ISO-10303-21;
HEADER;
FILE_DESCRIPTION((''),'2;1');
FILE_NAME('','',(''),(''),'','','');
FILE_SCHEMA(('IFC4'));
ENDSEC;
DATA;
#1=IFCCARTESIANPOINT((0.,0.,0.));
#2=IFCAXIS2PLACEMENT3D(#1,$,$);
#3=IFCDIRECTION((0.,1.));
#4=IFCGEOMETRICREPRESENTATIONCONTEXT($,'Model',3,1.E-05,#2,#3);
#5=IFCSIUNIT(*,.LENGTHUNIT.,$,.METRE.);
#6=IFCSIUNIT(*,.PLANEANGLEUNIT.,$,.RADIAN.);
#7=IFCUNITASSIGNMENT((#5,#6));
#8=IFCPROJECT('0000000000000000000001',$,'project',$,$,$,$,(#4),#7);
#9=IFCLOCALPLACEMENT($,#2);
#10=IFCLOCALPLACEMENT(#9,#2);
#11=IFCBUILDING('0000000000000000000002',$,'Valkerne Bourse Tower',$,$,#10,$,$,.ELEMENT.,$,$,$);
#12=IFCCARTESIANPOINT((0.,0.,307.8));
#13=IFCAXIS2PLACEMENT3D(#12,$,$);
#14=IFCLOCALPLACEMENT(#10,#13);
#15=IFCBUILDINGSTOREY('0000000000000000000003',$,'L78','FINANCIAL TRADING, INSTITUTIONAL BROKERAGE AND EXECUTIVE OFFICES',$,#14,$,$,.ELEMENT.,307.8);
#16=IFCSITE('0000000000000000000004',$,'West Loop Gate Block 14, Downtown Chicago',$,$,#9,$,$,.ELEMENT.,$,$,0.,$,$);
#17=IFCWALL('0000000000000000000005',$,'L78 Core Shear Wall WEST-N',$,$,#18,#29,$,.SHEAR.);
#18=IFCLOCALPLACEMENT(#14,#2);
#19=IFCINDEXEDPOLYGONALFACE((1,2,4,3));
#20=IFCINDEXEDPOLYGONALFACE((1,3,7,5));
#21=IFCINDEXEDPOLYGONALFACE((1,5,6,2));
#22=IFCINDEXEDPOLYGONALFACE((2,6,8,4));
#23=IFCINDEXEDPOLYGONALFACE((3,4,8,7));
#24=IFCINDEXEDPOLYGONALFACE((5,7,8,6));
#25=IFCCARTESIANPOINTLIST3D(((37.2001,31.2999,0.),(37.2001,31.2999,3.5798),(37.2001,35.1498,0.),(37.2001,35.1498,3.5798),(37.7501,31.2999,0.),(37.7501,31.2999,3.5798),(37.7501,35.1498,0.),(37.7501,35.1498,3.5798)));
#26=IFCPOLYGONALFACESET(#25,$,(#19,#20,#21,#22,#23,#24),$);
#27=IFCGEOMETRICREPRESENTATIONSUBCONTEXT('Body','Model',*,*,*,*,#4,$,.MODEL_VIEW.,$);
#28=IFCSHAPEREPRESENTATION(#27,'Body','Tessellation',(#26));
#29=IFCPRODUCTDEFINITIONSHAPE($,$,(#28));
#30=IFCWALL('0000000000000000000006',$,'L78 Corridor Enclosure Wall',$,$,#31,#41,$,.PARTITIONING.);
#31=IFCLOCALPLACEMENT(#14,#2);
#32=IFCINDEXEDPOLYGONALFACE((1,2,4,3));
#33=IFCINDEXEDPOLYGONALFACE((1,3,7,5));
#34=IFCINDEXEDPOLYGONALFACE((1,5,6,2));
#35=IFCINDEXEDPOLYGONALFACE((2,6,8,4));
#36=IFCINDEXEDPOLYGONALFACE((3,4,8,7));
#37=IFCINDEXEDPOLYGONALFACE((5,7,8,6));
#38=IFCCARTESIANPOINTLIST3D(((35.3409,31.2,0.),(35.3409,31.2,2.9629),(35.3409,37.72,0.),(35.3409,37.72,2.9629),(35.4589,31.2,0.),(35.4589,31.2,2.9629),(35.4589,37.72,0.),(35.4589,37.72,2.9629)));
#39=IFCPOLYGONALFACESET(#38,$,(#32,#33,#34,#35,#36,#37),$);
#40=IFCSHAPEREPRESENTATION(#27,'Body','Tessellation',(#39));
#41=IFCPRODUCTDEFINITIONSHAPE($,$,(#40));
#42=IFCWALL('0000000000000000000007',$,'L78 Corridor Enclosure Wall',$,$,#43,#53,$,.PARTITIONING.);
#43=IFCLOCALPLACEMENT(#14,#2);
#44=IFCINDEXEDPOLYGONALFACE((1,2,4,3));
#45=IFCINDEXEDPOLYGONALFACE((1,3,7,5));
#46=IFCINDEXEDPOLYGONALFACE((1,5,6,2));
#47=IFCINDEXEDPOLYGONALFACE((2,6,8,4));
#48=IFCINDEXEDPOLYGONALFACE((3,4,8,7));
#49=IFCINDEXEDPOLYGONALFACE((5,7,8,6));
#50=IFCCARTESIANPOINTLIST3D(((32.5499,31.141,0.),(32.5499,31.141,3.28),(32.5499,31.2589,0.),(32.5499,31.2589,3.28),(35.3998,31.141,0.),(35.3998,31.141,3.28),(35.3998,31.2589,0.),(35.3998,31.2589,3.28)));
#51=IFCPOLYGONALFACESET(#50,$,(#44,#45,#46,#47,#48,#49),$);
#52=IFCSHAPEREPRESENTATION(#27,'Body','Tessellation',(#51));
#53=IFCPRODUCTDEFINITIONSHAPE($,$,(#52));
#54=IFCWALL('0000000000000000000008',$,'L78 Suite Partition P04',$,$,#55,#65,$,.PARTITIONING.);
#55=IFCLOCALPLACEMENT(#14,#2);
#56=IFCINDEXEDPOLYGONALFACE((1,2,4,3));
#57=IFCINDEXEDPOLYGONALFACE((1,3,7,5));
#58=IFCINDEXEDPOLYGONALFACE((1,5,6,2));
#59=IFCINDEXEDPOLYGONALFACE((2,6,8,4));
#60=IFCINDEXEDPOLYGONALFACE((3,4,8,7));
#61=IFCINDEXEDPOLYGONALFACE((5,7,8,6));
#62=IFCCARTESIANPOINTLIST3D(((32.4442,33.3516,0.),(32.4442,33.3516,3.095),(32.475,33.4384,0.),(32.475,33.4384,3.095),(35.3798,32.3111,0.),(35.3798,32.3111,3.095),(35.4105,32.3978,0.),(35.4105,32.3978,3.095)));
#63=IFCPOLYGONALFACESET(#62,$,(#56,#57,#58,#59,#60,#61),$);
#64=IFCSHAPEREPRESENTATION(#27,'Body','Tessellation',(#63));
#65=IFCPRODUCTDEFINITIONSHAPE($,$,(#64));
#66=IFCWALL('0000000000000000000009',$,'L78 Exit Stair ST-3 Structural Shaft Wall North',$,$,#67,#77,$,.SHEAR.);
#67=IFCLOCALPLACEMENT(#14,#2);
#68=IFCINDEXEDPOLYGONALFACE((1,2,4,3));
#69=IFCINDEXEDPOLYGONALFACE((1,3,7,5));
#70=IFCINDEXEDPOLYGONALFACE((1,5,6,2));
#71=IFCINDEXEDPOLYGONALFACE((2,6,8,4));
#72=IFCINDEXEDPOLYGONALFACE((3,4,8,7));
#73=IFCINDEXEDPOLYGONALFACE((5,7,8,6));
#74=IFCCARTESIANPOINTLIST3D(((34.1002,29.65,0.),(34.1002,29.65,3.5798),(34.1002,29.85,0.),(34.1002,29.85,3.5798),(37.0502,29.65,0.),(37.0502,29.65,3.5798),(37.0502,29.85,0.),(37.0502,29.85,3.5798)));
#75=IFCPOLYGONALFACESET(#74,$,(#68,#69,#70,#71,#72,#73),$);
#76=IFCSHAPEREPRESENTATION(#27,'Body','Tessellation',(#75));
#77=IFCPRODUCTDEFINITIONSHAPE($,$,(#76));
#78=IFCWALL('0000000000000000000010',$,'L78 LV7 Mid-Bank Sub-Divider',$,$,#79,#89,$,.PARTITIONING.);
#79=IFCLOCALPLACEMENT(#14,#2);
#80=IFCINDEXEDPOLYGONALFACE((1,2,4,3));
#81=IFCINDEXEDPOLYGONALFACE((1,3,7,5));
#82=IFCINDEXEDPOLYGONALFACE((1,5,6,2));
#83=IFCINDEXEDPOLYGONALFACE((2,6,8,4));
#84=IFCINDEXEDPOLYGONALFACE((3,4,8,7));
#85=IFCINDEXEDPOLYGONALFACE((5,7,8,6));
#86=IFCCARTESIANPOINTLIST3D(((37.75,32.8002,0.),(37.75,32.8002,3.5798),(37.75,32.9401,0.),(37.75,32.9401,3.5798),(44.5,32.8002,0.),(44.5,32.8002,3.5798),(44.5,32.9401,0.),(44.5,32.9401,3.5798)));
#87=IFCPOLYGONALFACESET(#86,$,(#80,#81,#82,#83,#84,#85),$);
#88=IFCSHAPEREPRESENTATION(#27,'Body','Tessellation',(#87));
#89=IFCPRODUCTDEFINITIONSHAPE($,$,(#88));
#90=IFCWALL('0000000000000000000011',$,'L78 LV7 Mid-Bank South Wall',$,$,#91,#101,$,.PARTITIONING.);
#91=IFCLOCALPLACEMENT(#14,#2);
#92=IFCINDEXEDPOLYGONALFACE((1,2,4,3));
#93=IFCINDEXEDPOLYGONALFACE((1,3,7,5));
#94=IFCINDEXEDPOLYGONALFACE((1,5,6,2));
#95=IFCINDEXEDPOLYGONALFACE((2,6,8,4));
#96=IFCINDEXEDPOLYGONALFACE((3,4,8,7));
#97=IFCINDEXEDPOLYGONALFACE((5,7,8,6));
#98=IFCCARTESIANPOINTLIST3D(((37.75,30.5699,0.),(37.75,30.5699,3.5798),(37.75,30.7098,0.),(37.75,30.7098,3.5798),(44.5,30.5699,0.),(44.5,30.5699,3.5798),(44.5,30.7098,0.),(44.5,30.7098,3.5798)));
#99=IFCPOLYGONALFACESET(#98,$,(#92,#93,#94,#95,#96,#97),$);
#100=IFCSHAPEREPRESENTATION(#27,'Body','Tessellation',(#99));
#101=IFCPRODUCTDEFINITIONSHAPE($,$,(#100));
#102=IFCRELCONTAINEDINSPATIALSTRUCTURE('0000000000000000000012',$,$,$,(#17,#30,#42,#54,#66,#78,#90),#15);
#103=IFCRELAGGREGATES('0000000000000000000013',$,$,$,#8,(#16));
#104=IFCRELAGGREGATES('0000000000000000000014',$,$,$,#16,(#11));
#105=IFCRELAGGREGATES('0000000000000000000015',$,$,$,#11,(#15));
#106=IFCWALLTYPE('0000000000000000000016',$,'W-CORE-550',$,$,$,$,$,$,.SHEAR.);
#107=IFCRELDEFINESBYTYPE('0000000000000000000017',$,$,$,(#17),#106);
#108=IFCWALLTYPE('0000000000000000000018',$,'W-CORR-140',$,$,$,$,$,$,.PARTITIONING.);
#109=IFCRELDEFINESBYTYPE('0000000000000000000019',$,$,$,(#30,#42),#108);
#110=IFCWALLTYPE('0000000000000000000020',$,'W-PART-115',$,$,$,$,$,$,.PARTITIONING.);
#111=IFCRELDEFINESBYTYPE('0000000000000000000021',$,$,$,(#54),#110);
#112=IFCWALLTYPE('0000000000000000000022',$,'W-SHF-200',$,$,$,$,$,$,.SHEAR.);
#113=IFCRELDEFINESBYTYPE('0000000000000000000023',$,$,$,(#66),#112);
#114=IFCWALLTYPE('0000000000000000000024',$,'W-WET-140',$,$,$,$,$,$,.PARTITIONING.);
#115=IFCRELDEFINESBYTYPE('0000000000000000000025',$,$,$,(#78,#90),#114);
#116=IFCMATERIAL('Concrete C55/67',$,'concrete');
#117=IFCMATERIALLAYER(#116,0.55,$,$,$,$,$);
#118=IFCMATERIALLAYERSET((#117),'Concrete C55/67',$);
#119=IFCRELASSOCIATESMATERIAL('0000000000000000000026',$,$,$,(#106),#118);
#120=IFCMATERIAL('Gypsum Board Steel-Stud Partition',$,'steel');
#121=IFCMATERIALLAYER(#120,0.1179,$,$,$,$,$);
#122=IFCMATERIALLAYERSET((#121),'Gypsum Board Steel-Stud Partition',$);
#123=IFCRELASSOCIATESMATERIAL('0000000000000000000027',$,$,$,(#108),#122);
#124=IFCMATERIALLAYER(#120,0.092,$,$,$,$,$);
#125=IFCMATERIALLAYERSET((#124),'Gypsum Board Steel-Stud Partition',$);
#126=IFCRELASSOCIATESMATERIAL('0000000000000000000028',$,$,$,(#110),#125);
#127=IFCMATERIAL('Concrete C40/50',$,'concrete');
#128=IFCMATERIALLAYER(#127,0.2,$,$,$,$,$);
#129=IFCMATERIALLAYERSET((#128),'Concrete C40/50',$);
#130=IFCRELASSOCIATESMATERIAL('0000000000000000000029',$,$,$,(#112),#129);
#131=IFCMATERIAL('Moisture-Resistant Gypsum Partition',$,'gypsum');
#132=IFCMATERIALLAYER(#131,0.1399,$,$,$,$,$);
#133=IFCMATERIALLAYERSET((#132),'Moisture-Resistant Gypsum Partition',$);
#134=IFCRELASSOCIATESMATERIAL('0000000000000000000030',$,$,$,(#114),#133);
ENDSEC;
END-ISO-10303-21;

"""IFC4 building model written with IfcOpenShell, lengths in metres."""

from ifc_helpers import new_model, si_unit, direction, frame, frame_2d, origin, place, context, subcontext, project, spatial, rectangle, extrude, material, layer, layer_set, type_object, element, save


model = new_model("IFC4")

# Units and contexts
model_context = context("Model", 3, precision=1e-05, world=origin(), true_north=direction((0.0, 1.0)))
body_context = subcontext(model_context, "Body", "Model", "MODEL_VIEW")
ifc_project = project(units=[si_unit("LENGTHUNIT", "METRE"), si_unit("PLANEANGLEUNIT", "RADIAN")], contexts=[model_context])

# Site, building, storey
site_placement = place(None, origin())
site = spatial("IfcSite", under=ifc_project, at=site_placement, Name="West Loop Gate Block 14, Downtown Chicago", CompositionType="ELEMENT", RefElevation=0.0)
building_placement = place(site_placement, origin())
building = spatial("IfcBuilding", under=site, at=building_placement, Name="Valkerne Bourse Tower", CompositionType="ELEMENT")
storey_placement = place(building_placement, frame((0.0, 0.0, 307.8)))
storey = spatial("IfcBuildingStorey", under=building, at=storey_placement, Name="L78", Description="FINANCIAL TRADING, INSTITUTIONAL BROKERAGE AND EXECUTIVE OFFICES", CompositionType="ELEMENT", Elevation=307.8)

# Shared definitions
ifc_material_1 = material(Name="Concrete C55/67", Category="concrete")
ifc_layer_1 = layer(ifc_material_1, 0.55)
ifc_layer_set_1 = layer_set([ifc_layer_1], Name="Concrete C55/67")
wall_type_1 = type_object("IfcWallType", Name="W-CORE-550", PredefinedType="SHEAR", material=ifc_layer_set_1)

# Walls
wall_1_placement = place(storey_placement, frame((37.4751, 31.3, 0.0), z_axis=(0.0, 0.0, 1.0), x_axis=(0.0, 1.0, 0.0)))
element("IfcWall", 1, at=wall_1_placement, inside=storey, type_object=wall_type_1, Name="L78 Core Shear Wall WEST-N", PredefinedType="SHEAR", context=body_context, shape_type="SweptSolid", body=[
    extrude(rectangle(XDim=3.8499, YDim=0.55, at=frame_2d((1.9248, 0.0))), origin(), (0.0, 0.0, 1.0), 3.5798),
])
ifc_material_2 = material(Name="Gypsum Board Steel-Stud Partition", Category="steel")
ifc_layer_2 = layer(ifc_material_2, 0.1179)
ifc_layer_set_2 = layer_set([ifc_layer_2], Name="Gypsum Board Steel-Stud Partition")
wall_type_2 = type_object("IfcWallType", Name="W-CORR-140", PredefinedType="PARTITIONING", material=ifc_layer_set_2)
wall_2_placement = place(storey_placement, frame((35.3999, 31.2, 0.0), z_axis=(0.0, 0.0, 1.0), x_axis=(0.0, 1.0, 0.0)))
element("IfcWall", 2, at=wall_2_placement, inside=storey, type_object=wall_type_2, Name="L78 Corridor Enclosure Wall", PredefinedType="PARTITIONING", context=body_context, shape_type="SweptSolid", body=[
    extrude(rectangle(XDim=6.52, YDim=0.1179, at=frame_2d((3.26, 0.0))), origin(), (0.0, 0.0, 1.0), 2.9629),
])
wall_3_placement = place(storey_placement, frame((32.55, 31.2, 0.0), z_axis=(0.0, 0.0, 1.0), x_axis=(1.0, 0.0, 0.0)))
element("IfcWall", 3, at=wall_3_placement, inside=storey, type_object=wall_type_2, Name="L78 Corridor Enclosure Wall", PredefinedType="PARTITIONING", context=body_context, shape_type="SweptSolid", body=[
    extrude(rectangle(XDim=2.8499, YDim=0.1179, at=frame_2d((1.4248, 0.0))), origin(), (0.0, 0.0, 1.0), 3.28),
])
ifc_layer_3 = layer(ifc_material_2, 0.092)
ifc_layer_set_3 = layer_set([ifc_layer_3], Name="Gypsum Board Steel-Stud Partition")
wall_type_3 = type_object("IfcWallType", Name="W-PART-115", PredefinedType="PARTITIONING", material=ifc_layer_set_3)
wall_4_placement = place(storey_placement, frame((35.395, 32.3545, 0.0), z_axis=(0.0, 0.0, 1.0), x_axis=(-0.942541, 0.334091, 0.0)))
element("IfcWall", 4, at=wall_4_placement, inside=storey, type_object=wall_type_3, Name="L78 Suite Partition P04", PredefinedType="PARTITIONING", context=body_context, shape_type="SweptSolid", body=[
    extrude(rectangle(XDim=3.1145, YDim=0.092, at=frame_2d((1.5571, 0.0))), origin(), (0.0, 0.0, 1.0), 3.095),
])
ifc_material_3 = material(Name="Concrete C40/50", Category="concrete")
ifc_layer_4 = layer(ifc_material_3, 0.2)
ifc_layer_set_4 = layer_set([ifc_layer_4], Name="Concrete C40/50")
wall_type_4 = type_object("IfcWallType", Name="W-SHF-200", PredefinedType="SHEAR", material=ifc_layer_set_4)
wall_5_placement = place(storey_placement, frame((34.1001, 29.75, 0.0), z_axis=(0.0, 0.0, 1.0), x_axis=(1.0, 0.0, 0.0)))
element("IfcWall", 5, at=wall_5_placement, inside=storey, type_object=wall_type_4, Name="L78 Exit Stair ST-3 Structural Shaft Wall North", PredefinedType="SHEAR", context=body_context, shape_type="SweptSolid", body=[
    extrude(rectangle(XDim=2.95, YDim=0.2, at=frame_2d((1.4751, 0.0))), origin(), (0.0, 0.0, 1.0), 3.5798),
])
ifc_material_4 = material(Name="Moisture-Resistant Gypsum Partition", Category="gypsum")
ifc_layer_5 = layer(ifc_material_4, 0.1399)
ifc_layer_set_5 = layer_set([ifc_layer_5], Name="Moisture-Resistant Gypsum Partition")
wall_type_5 = type_object("IfcWallType", Name="W-WET-140", PredefinedType="PARTITIONING", material=ifc_layer_set_5)
for number, where, z_axis, x_axis, name in (
    (6, (37.75, 32.8701, 0.0), (0.0, 0.0, 1.0), (1.0, 0.0, 0.0), "L78 LV7 Mid-Bank Sub-Divider"),
    (7, (37.75, 30.6399, 0.0), (0.0, 0.0, 1.0), (1.0, 0.0, 0.0), "L78 LV7 Mid-Bank South Wall"),
):
    element("IfcWall", number, at=place(storey_placement, frame(where, z_axis=z_axis, x_axis=x_axis)), inside=storey, type_object=wall_type_5, Name=name, PredefinedType="PARTITIONING", context=body_context, shape_type="SweptSolid", body=[
        extrude(rectangle(XDim=6.75, YDim=0.1399, at=frame_2d((3.375, 0.0))), origin(), (0.0, 0.0, 1.0), 3.5798),
    ])

save(model, "model.ifc")
